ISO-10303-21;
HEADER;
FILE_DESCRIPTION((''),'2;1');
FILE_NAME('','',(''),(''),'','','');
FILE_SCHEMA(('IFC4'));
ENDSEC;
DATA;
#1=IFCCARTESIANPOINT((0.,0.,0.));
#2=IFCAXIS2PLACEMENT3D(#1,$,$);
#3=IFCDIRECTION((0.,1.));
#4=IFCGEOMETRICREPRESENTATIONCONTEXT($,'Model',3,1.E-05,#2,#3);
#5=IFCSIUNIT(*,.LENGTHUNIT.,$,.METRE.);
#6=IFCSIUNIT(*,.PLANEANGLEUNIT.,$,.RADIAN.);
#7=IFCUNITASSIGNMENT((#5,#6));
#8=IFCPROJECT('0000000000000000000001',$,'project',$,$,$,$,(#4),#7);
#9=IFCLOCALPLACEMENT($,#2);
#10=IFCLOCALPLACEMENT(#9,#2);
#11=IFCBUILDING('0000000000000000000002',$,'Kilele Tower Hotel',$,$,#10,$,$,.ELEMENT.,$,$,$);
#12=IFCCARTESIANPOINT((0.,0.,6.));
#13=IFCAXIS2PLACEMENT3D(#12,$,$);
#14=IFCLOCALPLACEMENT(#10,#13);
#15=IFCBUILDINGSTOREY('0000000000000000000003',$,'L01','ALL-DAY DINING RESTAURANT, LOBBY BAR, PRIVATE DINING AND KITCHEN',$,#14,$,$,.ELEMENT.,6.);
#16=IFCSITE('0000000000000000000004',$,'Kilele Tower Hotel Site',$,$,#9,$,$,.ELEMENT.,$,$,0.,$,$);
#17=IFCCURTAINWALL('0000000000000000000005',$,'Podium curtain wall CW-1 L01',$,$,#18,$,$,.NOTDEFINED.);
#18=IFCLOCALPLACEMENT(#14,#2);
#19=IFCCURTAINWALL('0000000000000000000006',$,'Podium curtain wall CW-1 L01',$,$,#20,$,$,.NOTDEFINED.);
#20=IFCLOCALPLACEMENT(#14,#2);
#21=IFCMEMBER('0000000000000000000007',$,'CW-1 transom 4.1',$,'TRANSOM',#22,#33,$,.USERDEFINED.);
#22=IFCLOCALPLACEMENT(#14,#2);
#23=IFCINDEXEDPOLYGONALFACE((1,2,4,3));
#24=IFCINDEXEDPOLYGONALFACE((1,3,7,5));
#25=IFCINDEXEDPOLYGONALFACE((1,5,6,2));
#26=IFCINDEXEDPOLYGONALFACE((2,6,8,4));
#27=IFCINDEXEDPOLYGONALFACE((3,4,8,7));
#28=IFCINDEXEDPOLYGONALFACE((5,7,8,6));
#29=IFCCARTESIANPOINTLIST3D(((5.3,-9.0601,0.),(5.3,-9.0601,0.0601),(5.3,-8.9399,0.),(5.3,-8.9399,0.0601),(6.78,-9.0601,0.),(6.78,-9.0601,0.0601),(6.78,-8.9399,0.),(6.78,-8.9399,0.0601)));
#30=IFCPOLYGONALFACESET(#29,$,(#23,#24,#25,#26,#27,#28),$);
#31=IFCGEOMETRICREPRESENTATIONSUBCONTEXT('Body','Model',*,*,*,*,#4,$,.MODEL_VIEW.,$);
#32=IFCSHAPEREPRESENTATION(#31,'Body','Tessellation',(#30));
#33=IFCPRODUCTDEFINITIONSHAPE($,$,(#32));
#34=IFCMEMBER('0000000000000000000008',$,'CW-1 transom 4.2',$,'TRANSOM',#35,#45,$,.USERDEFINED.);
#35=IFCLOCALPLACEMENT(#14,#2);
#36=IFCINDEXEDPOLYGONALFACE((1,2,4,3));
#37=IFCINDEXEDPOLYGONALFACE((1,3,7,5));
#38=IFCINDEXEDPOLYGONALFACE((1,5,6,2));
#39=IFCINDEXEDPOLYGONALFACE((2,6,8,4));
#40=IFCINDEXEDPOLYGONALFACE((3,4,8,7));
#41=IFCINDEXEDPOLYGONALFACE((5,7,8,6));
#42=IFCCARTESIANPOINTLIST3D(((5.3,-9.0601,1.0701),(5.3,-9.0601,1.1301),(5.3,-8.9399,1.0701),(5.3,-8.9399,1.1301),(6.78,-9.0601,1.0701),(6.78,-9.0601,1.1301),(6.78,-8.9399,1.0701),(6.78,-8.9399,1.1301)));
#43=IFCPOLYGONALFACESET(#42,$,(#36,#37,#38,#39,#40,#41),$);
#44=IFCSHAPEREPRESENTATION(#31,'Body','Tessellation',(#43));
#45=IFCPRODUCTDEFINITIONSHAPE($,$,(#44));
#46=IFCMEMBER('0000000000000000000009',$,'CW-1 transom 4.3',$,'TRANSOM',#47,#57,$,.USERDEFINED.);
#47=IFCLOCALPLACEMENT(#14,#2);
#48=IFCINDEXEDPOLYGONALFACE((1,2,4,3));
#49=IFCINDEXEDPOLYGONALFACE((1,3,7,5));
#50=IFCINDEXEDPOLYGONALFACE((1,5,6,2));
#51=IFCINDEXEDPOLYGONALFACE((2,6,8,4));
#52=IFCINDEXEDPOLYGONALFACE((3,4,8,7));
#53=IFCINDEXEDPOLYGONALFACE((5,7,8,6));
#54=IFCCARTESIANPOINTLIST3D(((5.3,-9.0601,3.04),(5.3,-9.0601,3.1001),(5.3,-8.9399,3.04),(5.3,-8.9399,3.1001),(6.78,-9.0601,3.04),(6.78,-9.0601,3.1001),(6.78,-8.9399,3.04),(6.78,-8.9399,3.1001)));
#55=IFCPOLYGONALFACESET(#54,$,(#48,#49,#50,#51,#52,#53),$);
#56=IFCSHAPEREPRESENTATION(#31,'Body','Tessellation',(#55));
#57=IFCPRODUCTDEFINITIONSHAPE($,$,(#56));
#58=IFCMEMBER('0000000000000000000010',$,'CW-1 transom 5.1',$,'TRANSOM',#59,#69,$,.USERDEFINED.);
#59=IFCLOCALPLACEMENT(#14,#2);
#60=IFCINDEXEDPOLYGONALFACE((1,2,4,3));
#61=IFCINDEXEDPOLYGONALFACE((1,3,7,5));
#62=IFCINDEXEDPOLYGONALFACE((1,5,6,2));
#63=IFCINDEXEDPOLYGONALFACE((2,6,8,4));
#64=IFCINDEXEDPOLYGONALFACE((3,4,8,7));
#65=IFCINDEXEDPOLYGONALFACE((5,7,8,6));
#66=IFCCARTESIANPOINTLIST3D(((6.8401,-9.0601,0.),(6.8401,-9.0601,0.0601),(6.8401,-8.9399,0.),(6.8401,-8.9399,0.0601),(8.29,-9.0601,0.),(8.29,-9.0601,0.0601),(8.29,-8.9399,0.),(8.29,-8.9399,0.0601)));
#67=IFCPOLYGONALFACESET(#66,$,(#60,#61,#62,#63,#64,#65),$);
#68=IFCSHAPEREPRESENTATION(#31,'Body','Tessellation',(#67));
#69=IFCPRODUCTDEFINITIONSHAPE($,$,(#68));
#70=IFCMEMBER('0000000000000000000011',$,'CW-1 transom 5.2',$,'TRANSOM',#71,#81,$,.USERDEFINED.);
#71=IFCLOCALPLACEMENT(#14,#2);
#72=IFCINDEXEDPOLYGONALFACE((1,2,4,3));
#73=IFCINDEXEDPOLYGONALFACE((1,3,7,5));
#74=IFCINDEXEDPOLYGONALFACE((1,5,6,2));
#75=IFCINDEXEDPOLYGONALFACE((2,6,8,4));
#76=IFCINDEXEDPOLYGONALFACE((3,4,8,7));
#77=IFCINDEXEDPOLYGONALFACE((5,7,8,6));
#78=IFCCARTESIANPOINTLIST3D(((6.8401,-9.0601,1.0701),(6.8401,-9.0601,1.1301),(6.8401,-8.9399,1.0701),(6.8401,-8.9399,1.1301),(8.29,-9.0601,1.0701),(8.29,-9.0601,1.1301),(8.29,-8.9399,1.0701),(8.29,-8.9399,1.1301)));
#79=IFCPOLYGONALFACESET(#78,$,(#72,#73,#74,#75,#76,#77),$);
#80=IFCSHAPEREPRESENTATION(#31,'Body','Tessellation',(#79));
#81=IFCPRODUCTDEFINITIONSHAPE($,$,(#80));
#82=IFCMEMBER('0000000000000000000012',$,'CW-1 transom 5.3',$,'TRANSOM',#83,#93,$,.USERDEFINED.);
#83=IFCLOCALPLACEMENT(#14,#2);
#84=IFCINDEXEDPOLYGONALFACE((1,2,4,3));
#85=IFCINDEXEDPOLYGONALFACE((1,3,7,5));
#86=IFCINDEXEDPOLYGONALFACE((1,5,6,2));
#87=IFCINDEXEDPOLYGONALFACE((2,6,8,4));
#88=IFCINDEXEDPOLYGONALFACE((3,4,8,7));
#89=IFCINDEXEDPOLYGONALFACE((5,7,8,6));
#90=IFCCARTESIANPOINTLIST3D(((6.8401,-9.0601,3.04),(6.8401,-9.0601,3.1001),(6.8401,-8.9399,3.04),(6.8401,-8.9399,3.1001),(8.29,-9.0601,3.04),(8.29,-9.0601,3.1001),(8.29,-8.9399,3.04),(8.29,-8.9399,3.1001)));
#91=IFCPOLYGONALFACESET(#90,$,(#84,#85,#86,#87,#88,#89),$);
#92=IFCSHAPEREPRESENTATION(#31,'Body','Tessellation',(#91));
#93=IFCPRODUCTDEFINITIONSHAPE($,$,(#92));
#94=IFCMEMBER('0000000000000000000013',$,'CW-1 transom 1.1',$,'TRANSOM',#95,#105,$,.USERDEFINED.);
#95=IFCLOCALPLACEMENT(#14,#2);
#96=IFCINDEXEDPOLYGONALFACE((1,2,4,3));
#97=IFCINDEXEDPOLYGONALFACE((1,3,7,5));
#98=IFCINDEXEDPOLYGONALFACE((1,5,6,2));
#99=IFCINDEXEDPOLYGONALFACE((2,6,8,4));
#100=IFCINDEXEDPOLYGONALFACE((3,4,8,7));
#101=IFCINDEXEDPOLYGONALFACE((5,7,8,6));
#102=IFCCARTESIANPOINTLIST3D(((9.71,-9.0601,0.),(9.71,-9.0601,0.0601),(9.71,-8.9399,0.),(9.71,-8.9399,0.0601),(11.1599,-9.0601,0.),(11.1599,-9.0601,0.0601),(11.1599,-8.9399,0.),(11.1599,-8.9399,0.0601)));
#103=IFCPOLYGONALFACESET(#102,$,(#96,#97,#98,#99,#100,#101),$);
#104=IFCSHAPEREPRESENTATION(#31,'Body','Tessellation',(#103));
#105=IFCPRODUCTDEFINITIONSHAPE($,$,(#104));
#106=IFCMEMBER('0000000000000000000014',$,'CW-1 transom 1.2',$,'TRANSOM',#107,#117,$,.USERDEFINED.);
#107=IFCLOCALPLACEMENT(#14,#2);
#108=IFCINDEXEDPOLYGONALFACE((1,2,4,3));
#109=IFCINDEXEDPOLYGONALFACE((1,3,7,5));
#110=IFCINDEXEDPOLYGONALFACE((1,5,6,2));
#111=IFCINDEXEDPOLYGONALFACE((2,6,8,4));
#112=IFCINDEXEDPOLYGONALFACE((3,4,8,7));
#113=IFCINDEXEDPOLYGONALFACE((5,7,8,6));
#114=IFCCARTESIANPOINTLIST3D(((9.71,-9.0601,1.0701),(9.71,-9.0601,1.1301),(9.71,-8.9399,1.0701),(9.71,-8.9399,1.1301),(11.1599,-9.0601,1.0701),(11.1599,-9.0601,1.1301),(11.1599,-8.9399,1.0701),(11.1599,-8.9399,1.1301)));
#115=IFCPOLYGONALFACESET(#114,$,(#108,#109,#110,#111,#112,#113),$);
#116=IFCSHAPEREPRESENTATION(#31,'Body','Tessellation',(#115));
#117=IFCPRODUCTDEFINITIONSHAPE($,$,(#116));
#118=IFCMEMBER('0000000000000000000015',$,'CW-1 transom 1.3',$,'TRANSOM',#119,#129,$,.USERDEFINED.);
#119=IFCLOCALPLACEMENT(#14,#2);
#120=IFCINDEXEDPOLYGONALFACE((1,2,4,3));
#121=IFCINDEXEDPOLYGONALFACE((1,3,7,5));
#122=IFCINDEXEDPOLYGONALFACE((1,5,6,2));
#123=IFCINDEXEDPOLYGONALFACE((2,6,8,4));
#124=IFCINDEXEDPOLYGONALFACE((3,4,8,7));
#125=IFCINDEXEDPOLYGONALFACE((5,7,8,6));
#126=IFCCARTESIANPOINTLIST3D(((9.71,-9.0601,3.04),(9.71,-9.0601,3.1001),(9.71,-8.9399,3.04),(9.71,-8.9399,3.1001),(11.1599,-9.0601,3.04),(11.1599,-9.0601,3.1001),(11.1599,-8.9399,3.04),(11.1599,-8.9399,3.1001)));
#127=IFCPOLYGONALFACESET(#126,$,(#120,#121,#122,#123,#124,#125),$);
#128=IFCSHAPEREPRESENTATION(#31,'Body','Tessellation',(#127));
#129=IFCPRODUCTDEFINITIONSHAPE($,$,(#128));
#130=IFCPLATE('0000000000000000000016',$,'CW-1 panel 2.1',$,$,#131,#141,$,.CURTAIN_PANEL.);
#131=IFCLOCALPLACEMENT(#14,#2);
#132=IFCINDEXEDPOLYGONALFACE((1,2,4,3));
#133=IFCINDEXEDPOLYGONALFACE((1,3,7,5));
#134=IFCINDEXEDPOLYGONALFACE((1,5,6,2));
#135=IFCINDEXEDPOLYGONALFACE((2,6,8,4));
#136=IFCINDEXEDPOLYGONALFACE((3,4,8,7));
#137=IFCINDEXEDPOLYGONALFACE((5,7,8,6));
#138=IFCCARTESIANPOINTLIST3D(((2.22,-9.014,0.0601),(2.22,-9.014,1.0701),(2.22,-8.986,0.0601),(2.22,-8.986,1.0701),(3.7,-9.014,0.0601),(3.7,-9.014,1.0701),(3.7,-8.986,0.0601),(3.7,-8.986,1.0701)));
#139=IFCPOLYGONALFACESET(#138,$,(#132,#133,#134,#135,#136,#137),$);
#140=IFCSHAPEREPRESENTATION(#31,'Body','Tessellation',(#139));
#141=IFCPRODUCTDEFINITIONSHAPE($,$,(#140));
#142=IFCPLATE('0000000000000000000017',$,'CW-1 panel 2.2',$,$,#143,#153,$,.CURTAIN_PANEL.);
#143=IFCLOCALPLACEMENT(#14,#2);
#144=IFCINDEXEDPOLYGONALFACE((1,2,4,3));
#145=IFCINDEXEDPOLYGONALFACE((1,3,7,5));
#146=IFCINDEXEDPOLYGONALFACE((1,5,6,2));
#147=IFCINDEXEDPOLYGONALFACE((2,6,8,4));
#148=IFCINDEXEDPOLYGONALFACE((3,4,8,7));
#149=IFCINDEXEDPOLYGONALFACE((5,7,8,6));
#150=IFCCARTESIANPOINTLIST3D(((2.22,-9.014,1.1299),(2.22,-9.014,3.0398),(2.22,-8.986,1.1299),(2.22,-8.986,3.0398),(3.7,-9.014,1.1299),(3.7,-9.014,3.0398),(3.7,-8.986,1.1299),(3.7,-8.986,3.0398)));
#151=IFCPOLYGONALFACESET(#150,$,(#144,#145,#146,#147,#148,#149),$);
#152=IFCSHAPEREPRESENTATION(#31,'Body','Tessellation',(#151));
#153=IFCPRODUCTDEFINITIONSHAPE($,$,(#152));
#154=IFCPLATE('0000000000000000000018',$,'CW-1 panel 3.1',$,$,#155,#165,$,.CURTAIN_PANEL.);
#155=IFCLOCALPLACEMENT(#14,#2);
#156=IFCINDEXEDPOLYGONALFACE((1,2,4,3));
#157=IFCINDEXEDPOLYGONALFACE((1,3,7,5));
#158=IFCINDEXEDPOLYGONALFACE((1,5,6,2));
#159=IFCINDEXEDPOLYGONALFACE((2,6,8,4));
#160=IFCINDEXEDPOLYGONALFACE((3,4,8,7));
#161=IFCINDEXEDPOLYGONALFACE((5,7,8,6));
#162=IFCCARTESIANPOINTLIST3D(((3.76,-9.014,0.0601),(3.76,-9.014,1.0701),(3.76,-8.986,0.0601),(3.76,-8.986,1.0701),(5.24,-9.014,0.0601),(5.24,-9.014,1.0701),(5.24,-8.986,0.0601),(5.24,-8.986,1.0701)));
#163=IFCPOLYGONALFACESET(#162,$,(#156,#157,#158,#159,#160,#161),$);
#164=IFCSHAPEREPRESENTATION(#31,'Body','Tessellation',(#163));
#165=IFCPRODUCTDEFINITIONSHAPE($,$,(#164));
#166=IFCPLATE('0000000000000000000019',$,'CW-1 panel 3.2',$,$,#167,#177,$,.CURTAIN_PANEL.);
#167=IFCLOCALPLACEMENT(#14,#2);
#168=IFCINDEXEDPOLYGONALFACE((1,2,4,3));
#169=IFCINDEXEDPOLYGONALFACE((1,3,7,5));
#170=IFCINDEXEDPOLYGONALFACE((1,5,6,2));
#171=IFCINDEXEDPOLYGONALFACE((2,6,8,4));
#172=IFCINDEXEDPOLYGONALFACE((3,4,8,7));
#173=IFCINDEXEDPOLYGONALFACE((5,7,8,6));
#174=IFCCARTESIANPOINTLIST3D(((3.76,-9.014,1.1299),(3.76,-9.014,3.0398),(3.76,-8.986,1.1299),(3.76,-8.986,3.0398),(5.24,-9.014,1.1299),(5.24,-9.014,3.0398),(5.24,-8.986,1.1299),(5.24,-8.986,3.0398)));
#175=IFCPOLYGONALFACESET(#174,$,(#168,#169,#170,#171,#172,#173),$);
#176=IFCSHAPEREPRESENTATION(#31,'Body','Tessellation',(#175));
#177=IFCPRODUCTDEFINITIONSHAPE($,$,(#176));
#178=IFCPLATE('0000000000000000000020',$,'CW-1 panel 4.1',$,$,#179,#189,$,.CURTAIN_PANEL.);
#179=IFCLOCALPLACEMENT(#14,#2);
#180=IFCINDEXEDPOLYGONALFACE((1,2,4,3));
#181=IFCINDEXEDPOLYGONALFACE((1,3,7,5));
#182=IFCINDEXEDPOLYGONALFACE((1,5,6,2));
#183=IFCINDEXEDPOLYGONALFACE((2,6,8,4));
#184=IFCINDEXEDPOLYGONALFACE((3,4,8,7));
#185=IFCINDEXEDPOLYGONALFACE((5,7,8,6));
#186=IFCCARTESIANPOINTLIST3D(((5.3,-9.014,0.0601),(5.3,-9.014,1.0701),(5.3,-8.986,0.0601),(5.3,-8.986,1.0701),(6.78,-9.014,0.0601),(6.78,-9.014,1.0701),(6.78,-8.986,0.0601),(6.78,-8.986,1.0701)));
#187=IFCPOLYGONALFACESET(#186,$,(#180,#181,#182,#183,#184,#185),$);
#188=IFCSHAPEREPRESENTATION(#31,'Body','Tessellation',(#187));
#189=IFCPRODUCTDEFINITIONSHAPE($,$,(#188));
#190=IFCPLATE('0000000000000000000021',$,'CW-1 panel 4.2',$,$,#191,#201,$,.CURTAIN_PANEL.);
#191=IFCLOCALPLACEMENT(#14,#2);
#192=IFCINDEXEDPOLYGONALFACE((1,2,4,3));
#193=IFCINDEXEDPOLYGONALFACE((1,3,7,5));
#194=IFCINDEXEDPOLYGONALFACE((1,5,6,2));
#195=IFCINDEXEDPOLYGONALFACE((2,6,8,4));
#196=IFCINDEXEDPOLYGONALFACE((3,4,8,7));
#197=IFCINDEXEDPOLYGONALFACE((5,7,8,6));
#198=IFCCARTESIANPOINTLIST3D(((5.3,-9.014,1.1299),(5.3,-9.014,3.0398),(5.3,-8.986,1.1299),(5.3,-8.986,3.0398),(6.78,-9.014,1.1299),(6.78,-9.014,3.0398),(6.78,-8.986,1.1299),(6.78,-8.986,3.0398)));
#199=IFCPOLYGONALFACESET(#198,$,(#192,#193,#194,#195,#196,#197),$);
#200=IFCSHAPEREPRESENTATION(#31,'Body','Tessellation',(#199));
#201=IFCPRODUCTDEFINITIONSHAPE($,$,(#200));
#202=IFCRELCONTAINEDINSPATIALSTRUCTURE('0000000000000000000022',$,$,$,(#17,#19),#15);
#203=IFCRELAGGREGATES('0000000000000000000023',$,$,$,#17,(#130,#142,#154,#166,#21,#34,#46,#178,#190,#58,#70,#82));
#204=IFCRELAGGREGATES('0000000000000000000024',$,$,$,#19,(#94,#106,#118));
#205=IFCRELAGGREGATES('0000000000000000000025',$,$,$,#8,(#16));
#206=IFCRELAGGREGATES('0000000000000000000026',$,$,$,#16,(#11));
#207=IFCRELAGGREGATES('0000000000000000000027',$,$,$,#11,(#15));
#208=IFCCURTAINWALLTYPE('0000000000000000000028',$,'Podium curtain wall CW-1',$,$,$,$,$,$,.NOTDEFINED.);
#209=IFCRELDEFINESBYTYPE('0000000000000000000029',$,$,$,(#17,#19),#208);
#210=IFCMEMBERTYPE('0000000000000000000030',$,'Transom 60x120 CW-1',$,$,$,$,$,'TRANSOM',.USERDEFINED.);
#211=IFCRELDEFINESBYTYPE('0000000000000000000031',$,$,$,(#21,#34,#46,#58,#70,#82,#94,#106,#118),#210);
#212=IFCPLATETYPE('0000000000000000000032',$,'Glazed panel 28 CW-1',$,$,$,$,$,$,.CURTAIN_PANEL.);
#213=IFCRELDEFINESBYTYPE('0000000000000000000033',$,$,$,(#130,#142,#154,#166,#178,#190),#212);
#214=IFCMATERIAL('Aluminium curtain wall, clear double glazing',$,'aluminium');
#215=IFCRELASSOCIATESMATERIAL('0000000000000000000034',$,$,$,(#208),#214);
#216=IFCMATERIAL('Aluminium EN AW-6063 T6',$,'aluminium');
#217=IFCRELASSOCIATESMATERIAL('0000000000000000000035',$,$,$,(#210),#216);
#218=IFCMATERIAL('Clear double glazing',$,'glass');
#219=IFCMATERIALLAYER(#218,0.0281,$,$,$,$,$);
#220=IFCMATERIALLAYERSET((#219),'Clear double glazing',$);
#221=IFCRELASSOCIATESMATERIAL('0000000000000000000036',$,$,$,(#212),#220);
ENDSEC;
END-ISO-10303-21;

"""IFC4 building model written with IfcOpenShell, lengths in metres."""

from ifc_helpers import new_model, si_unit, direction, frame, origin, origin_2d, place, context, subcontext, project, spatial, rectangle, extrude, material, layer, layer_set, material_profile, profile_set, type_object, element, aggregate, save


model = new_model("IFC4")

# Units and contexts
model_context = context("Model", 3, precision=1e-05, world=origin(), true_north=direction((0.0, 1.0)))
body_context = subcontext(model_context, "Body", "Model", "MODEL_VIEW")
ifc_project = project(units=[si_unit("LENGTHUNIT", "METRE"), si_unit("PLANEANGLEUNIT", "RADIAN")], contexts=[model_context])

# Site, building, storey
site_placement = place(None, origin())
site = spatial("IfcSite", under=ifc_project, at=site_placement, Name="Kilele Tower Hotel Site", CompositionType="ELEMENT", RefElevation=0.0)
building_placement = place(site_placement, origin())
building = spatial("IfcBuilding", under=site, at=building_placement, Name="Kilele Tower Hotel", CompositionType="ELEMENT")
storey_placement = place(building_placement, frame((0.0, 0.0, 6.0)))
storey = spatial("IfcBuildingStorey", under=building, at=storey_placement, Name="L01", Description="ALL-DAY DINING RESTAURANT, LOBBY BAR, PRIVATE DINING AND KITCHEN", CompositionType="ELEMENT", Elevation=6.0)

# Curtain walls
ifc_material_1 = material(Name="Aluminium curtain wall, clear double glazing", Category="aluminium")
curtain_wall_type = type_object("IfcCurtainWallType", Name="Podium curtain wall CW-1", PredefinedType="NOTDEFINED", material=ifc_material_1)
curtain_wall_1_placement = place(storey_placement, origin())
curtain_wall_1 = element("IfcCurtainWall", 1, at=curtain_wall_1_placement, inside=storey, type_object=curtain_wall_type, Name="Podium curtain wall CW-1 L01", PredefinedType="NOTDEFINED")
curtain_wall_2_placement = place(storey_placement, origin())
curtain_wall_2 = element("IfcCurtainWall", 2, at=curtain_wall_2_placement, inside=storey, type_object=curtain_wall_type, Name="Podium curtain wall CW-1 L01", PredefinedType="NOTDEFINED")

# Members
ifc_material_2 = material(Name="Aluminium EN AW-6063 T6", Category="aluminium")
ifc_material_profile_1 = material_profile(ifc_material_2, rectangle(XDim=0.1201, YDim=0.0601, at=origin_2d()))
ifc_profile_set_1 = profile_set([ifc_material_profile_1], Name="Aluminium EN AW-6063 T6")
member_type_1 = type_object("IfcMemberType", Name="Transom 60x120 CW-1", ElementType="TRANSOM", PredefinedType="USERDEFINED", material=ifc_profile_set_1)
member_1_placement = place(storey_placement, frame((5.3, -9.0, 0.03), z_axis=(1.0, 0.0, 0.0), x_axis=(0.0, 1.0, 0.0)))
member_1 = element("IfcMember", 3, at=member_1_placement, type_object=member_type_1, Name="CW-1 transom 4.1", ObjectType="TRANSOM", PredefinedType="USERDEFINED", context=body_context, shape_type="SweptSolid", body=[
    extrude(rectangle(XDim=0.1201, YDim=0.0601, at=origin_2d()), origin(), (0.0, 0.0, 1.0), 1.48),
])
member_2_placement = place(storey_placement, frame((5.3, -9.0, 1.1001), z_axis=(1.0, 0.0, 0.0), x_axis=(0.0, 1.0, 0.0)))
member_2 = element("IfcMember", 4, at=member_2_placement, type_object=member_type_1, Name="CW-1 transom 4.2", ObjectType="TRANSOM", PredefinedType="USERDEFINED", context=body_context, shape_type="SweptSolid", body=[
    extrude(rectangle(XDim=0.1201, YDim=0.0601, at=origin_2d()), origin(), (0.0, 0.0, 1.0), 1.48),
])
member_3_placement = place(storey_placement, frame((5.3, -9.0, 3.0701), z_axis=(1.0, 0.0, 0.0), x_axis=(0.0, 1.0, 0.0)))
member_3 = element("IfcMember", 5, at=member_3_placement, type_object=member_type_1, Name="CW-1 transom 4.3", ObjectType="TRANSOM", PredefinedType="USERDEFINED", context=body_context, shape_type="SweptSolid", body=[
    extrude(rectangle(XDim=0.1201, YDim=0.0601, at=origin_2d()), origin(), (0.0, 0.0, 1.0), 1.48),
])
member_4_placement = place(storey_placement, frame((6.8401, -9.0, 0.03), z_axis=(1.0, 0.0, 0.0), x_axis=(0.0, 1.0, 0.0)))
member_4 = element("IfcMember", 6, at=member_4_placement, type_object=member_type_1, Name="CW-1 transom 5.1", ObjectType="TRANSOM", PredefinedType="USERDEFINED", context=body_context, shape_type="SweptSolid", body=[
    extrude(rectangle(XDim=0.1201, YDim=0.0601, at=origin_2d()), origin(), (0.0, 0.0, 1.0), 1.45),
])
member_5_placement = place(storey_placement, frame((6.8401, -9.0, 1.1001), z_axis=(1.0, 0.0, 0.0), x_axis=(0.0, 1.0, 0.0)))
member_5 = element("IfcMember", 7, at=member_5_placement, type_object=member_type_1, Name="CW-1 transom 5.2", ObjectType="TRANSOM", PredefinedType="USERDEFINED", context=body_context, shape_type="SweptSolid", body=[
    extrude(rectangle(XDim=0.1201, YDim=0.0601, at=origin_2d()), origin(), (0.0, 0.0, 1.0), 1.45),
])
member_6_placement = place(storey_placement, frame((6.8401, -9.0, 3.0701), z_axis=(1.0, 0.0, 0.0), x_axis=(0.0, 1.0, 0.0)))
member_6 = element("IfcMember", 8, at=member_6_placement, type_object=member_type_1, Name="CW-1 transom 5.3", ObjectType="TRANSOM", PredefinedType="USERDEFINED", context=body_context, shape_type="SweptSolid", body=[
    extrude(rectangle(XDim=0.1201, YDim=0.0601, at=origin_2d()), origin(), (0.0, 0.0, 1.0), 1.45),
])
member_7_placement = place(storey_placement, frame((9.71, -9.0, 0.03), z_axis=(1.0, 0.0, 0.0), x_axis=(0.0, 1.0, 0.0)))
member_7 = element("IfcMember", 9, at=member_7_placement, type_object=member_type_1, Name="CW-1 transom 1.1", ObjectType="TRANSOM", PredefinedType="USERDEFINED", context=body_context, shape_type="SweptSolid", body=[
    extrude(rectangle(XDim=0.1201, YDim=0.0601, at=origin_2d()), origin(), (0.0, 0.0, 1.0), 1.45),
])
member_8_placement = place(storey_placement, frame((9.71, -9.0, 1.1001), z_axis=(1.0, 0.0, 0.0), x_axis=(0.0, 1.0, 0.0)))
member_8 = element("IfcMember", 10, at=member_8_placement, type_object=member_type_1, Name="CW-1 transom 1.2", ObjectType="TRANSOM", PredefinedType="USERDEFINED", context=body_context, shape_type="SweptSolid", body=[
    extrude(rectangle(XDim=0.1201, YDim=0.0601, at=origin_2d()), origin(), (0.0, 0.0, 1.0), 1.45),
])
member_9_placement = place(storey_placement, frame((9.71, -9.0, 3.0701), z_axis=(1.0, 0.0, 0.0), x_axis=(0.0, 1.0, 0.0)))
member_9 = element("IfcMember", 11, at=member_9_placement, type_object=member_type_1, Name="CW-1 transom 1.3", ObjectType="TRANSOM", PredefinedType="USERDEFINED", context=body_context, shape_type="SweptSolid", body=[
    extrude(rectangle(XDim=0.1201, YDim=0.0601, at=origin_2d()), origin(), (0.0, 0.0, 1.0), 1.45),
])

# Plates
ifc_material_3 = material(Name="Clear double glazing", Category="glass")
ifc_layer = layer(ifc_material_3, 0.0281)
ifc_layer_set = layer_set([ifc_layer], Name="Clear double glazing")
plate_type = type_object("IfcPlateType", Name="Glazed panel 28 CW-1", PredefinedType="CURTAIN_PANEL", material=ifc_layer_set)
plate_1_placement = place(storey_placement, frame((2.96, -9.0, 0.0601), z_axis=(0.0, 0.0, 1.0), x_axis=(1.0, 0.0, 0.0)))
plate_1 = element("IfcPlate", 12, at=plate_1_placement, type_object=plate_type, Name="CW-1 panel 2.1", PredefinedType="CURTAIN_PANEL", context=body_context, shape_type="SweptSolid", body=[
    extrude(rectangle(XDim=1.48, YDim=0.0281, at=origin_2d()), origin(), (0.0, 0.0, 1.0), 1.01),
])
plate_2_placement = place(storey_placement, frame((2.96, -9.0, 1.1299), z_axis=(0.0, 0.0, 1.0), x_axis=(1.0, 0.0, 0.0)))
plate_2 = element("IfcPlate", 13, at=plate_2_placement, type_object=plate_type, Name="CW-1 panel 2.2", PredefinedType="CURTAIN_PANEL", context=body_context, shape_type="SweptSolid", body=[
    extrude(rectangle(XDim=1.48, YDim=0.0281, at=origin_2d()), origin(), (0.0, 0.0, 1.0), 1.9099),
])
plate_3_placement = place(storey_placement, frame((4.5, -9.0, 0.0601), z_axis=(0.0, 0.0, 1.0), x_axis=(1.0, 0.0, 0.0)))
plate_3 = element("IfcPlate", 14, at=plate_3_placement, type_object=plate_type, Name="CW-1 panel 3.1", PredefinedType="CURTAIN_PANEL", context=body_context, shape_type="SweptSolid", body=[
    extrude(rectangle(XDim=1.48, YDim=0.0281, at=origin_2d()), origin(), (0.0, 0.0, 1.0), 1.01),
])
plate_4_placement = place(storey_placement, frame((4.5, -9.0, 1.1299), z_axis=(0.0, 0.0, 1.0), x_axis=(1.0, 0.0, 0.0)))
plate_4 = element("IfcPlate", 15, at=plate_4_placement, type_object=plate_type, Name="CW-1 panel 3.2", PredefinedType="CURTAIN_PANEL", context=body_context, shape_type="SweptSolid", body=[
    extrude(rectangle(XDim=1.48, YDim=0.0281, at=origin_2d()), origin(), (0.0, 0.0, 1.0), 1.9099),
])
plate_5_placement = place(storey_placement, frame((6.04, -9.0, 0.0601), z_axis=(0.0, 0.0, 1.0), x_axis=(1.0, 0.0, 0.0)))
plate_5 = element("IfcPlate", 16, at=plate_5_placement, type_object=plate_type, Name="CW-1 panel 4.1", PredefinedType="CURTAIN_PANEL", context=body_context, shape_type="SweptSolid", body=[
    extrude(rectangle(XDim=1.48, YDim=0.0281, at=origin_2d()), origin(), (0.0, 0.0, 1.0), 1.01),
])
plate_6_placement = place(storey_placement, frame((6.04, -9.0, 1.1299), z_axis=(0.0, 0.0, 1.0), x_axis=(1.0, 0.0, 0.0)))
plate_6 = element("IfcPlate", 17, at=plate_6_placement, type_object=plate_type, Name="CW-1 panel 4.2", PredefinedType="CURTAIN_PANEL", context=body_context, shape_type="SweptSolid", body=[
    extrude(rectangle(XDim=1.48, YDim=0.0281, at=origin_2d()), origin(), (0.0, 0.0, 1.0), 1.9099),
])
aggregate(curtain_wall_1, [plate_1, plate_2, plate_3, plate_4, member_1, member_2, member_3, plate_5, plate_6, member_4, member_5, member_6])
aggregate(curtain_wall_2, [member_7, member_8, member_9])

save(model, "model.ifc")
